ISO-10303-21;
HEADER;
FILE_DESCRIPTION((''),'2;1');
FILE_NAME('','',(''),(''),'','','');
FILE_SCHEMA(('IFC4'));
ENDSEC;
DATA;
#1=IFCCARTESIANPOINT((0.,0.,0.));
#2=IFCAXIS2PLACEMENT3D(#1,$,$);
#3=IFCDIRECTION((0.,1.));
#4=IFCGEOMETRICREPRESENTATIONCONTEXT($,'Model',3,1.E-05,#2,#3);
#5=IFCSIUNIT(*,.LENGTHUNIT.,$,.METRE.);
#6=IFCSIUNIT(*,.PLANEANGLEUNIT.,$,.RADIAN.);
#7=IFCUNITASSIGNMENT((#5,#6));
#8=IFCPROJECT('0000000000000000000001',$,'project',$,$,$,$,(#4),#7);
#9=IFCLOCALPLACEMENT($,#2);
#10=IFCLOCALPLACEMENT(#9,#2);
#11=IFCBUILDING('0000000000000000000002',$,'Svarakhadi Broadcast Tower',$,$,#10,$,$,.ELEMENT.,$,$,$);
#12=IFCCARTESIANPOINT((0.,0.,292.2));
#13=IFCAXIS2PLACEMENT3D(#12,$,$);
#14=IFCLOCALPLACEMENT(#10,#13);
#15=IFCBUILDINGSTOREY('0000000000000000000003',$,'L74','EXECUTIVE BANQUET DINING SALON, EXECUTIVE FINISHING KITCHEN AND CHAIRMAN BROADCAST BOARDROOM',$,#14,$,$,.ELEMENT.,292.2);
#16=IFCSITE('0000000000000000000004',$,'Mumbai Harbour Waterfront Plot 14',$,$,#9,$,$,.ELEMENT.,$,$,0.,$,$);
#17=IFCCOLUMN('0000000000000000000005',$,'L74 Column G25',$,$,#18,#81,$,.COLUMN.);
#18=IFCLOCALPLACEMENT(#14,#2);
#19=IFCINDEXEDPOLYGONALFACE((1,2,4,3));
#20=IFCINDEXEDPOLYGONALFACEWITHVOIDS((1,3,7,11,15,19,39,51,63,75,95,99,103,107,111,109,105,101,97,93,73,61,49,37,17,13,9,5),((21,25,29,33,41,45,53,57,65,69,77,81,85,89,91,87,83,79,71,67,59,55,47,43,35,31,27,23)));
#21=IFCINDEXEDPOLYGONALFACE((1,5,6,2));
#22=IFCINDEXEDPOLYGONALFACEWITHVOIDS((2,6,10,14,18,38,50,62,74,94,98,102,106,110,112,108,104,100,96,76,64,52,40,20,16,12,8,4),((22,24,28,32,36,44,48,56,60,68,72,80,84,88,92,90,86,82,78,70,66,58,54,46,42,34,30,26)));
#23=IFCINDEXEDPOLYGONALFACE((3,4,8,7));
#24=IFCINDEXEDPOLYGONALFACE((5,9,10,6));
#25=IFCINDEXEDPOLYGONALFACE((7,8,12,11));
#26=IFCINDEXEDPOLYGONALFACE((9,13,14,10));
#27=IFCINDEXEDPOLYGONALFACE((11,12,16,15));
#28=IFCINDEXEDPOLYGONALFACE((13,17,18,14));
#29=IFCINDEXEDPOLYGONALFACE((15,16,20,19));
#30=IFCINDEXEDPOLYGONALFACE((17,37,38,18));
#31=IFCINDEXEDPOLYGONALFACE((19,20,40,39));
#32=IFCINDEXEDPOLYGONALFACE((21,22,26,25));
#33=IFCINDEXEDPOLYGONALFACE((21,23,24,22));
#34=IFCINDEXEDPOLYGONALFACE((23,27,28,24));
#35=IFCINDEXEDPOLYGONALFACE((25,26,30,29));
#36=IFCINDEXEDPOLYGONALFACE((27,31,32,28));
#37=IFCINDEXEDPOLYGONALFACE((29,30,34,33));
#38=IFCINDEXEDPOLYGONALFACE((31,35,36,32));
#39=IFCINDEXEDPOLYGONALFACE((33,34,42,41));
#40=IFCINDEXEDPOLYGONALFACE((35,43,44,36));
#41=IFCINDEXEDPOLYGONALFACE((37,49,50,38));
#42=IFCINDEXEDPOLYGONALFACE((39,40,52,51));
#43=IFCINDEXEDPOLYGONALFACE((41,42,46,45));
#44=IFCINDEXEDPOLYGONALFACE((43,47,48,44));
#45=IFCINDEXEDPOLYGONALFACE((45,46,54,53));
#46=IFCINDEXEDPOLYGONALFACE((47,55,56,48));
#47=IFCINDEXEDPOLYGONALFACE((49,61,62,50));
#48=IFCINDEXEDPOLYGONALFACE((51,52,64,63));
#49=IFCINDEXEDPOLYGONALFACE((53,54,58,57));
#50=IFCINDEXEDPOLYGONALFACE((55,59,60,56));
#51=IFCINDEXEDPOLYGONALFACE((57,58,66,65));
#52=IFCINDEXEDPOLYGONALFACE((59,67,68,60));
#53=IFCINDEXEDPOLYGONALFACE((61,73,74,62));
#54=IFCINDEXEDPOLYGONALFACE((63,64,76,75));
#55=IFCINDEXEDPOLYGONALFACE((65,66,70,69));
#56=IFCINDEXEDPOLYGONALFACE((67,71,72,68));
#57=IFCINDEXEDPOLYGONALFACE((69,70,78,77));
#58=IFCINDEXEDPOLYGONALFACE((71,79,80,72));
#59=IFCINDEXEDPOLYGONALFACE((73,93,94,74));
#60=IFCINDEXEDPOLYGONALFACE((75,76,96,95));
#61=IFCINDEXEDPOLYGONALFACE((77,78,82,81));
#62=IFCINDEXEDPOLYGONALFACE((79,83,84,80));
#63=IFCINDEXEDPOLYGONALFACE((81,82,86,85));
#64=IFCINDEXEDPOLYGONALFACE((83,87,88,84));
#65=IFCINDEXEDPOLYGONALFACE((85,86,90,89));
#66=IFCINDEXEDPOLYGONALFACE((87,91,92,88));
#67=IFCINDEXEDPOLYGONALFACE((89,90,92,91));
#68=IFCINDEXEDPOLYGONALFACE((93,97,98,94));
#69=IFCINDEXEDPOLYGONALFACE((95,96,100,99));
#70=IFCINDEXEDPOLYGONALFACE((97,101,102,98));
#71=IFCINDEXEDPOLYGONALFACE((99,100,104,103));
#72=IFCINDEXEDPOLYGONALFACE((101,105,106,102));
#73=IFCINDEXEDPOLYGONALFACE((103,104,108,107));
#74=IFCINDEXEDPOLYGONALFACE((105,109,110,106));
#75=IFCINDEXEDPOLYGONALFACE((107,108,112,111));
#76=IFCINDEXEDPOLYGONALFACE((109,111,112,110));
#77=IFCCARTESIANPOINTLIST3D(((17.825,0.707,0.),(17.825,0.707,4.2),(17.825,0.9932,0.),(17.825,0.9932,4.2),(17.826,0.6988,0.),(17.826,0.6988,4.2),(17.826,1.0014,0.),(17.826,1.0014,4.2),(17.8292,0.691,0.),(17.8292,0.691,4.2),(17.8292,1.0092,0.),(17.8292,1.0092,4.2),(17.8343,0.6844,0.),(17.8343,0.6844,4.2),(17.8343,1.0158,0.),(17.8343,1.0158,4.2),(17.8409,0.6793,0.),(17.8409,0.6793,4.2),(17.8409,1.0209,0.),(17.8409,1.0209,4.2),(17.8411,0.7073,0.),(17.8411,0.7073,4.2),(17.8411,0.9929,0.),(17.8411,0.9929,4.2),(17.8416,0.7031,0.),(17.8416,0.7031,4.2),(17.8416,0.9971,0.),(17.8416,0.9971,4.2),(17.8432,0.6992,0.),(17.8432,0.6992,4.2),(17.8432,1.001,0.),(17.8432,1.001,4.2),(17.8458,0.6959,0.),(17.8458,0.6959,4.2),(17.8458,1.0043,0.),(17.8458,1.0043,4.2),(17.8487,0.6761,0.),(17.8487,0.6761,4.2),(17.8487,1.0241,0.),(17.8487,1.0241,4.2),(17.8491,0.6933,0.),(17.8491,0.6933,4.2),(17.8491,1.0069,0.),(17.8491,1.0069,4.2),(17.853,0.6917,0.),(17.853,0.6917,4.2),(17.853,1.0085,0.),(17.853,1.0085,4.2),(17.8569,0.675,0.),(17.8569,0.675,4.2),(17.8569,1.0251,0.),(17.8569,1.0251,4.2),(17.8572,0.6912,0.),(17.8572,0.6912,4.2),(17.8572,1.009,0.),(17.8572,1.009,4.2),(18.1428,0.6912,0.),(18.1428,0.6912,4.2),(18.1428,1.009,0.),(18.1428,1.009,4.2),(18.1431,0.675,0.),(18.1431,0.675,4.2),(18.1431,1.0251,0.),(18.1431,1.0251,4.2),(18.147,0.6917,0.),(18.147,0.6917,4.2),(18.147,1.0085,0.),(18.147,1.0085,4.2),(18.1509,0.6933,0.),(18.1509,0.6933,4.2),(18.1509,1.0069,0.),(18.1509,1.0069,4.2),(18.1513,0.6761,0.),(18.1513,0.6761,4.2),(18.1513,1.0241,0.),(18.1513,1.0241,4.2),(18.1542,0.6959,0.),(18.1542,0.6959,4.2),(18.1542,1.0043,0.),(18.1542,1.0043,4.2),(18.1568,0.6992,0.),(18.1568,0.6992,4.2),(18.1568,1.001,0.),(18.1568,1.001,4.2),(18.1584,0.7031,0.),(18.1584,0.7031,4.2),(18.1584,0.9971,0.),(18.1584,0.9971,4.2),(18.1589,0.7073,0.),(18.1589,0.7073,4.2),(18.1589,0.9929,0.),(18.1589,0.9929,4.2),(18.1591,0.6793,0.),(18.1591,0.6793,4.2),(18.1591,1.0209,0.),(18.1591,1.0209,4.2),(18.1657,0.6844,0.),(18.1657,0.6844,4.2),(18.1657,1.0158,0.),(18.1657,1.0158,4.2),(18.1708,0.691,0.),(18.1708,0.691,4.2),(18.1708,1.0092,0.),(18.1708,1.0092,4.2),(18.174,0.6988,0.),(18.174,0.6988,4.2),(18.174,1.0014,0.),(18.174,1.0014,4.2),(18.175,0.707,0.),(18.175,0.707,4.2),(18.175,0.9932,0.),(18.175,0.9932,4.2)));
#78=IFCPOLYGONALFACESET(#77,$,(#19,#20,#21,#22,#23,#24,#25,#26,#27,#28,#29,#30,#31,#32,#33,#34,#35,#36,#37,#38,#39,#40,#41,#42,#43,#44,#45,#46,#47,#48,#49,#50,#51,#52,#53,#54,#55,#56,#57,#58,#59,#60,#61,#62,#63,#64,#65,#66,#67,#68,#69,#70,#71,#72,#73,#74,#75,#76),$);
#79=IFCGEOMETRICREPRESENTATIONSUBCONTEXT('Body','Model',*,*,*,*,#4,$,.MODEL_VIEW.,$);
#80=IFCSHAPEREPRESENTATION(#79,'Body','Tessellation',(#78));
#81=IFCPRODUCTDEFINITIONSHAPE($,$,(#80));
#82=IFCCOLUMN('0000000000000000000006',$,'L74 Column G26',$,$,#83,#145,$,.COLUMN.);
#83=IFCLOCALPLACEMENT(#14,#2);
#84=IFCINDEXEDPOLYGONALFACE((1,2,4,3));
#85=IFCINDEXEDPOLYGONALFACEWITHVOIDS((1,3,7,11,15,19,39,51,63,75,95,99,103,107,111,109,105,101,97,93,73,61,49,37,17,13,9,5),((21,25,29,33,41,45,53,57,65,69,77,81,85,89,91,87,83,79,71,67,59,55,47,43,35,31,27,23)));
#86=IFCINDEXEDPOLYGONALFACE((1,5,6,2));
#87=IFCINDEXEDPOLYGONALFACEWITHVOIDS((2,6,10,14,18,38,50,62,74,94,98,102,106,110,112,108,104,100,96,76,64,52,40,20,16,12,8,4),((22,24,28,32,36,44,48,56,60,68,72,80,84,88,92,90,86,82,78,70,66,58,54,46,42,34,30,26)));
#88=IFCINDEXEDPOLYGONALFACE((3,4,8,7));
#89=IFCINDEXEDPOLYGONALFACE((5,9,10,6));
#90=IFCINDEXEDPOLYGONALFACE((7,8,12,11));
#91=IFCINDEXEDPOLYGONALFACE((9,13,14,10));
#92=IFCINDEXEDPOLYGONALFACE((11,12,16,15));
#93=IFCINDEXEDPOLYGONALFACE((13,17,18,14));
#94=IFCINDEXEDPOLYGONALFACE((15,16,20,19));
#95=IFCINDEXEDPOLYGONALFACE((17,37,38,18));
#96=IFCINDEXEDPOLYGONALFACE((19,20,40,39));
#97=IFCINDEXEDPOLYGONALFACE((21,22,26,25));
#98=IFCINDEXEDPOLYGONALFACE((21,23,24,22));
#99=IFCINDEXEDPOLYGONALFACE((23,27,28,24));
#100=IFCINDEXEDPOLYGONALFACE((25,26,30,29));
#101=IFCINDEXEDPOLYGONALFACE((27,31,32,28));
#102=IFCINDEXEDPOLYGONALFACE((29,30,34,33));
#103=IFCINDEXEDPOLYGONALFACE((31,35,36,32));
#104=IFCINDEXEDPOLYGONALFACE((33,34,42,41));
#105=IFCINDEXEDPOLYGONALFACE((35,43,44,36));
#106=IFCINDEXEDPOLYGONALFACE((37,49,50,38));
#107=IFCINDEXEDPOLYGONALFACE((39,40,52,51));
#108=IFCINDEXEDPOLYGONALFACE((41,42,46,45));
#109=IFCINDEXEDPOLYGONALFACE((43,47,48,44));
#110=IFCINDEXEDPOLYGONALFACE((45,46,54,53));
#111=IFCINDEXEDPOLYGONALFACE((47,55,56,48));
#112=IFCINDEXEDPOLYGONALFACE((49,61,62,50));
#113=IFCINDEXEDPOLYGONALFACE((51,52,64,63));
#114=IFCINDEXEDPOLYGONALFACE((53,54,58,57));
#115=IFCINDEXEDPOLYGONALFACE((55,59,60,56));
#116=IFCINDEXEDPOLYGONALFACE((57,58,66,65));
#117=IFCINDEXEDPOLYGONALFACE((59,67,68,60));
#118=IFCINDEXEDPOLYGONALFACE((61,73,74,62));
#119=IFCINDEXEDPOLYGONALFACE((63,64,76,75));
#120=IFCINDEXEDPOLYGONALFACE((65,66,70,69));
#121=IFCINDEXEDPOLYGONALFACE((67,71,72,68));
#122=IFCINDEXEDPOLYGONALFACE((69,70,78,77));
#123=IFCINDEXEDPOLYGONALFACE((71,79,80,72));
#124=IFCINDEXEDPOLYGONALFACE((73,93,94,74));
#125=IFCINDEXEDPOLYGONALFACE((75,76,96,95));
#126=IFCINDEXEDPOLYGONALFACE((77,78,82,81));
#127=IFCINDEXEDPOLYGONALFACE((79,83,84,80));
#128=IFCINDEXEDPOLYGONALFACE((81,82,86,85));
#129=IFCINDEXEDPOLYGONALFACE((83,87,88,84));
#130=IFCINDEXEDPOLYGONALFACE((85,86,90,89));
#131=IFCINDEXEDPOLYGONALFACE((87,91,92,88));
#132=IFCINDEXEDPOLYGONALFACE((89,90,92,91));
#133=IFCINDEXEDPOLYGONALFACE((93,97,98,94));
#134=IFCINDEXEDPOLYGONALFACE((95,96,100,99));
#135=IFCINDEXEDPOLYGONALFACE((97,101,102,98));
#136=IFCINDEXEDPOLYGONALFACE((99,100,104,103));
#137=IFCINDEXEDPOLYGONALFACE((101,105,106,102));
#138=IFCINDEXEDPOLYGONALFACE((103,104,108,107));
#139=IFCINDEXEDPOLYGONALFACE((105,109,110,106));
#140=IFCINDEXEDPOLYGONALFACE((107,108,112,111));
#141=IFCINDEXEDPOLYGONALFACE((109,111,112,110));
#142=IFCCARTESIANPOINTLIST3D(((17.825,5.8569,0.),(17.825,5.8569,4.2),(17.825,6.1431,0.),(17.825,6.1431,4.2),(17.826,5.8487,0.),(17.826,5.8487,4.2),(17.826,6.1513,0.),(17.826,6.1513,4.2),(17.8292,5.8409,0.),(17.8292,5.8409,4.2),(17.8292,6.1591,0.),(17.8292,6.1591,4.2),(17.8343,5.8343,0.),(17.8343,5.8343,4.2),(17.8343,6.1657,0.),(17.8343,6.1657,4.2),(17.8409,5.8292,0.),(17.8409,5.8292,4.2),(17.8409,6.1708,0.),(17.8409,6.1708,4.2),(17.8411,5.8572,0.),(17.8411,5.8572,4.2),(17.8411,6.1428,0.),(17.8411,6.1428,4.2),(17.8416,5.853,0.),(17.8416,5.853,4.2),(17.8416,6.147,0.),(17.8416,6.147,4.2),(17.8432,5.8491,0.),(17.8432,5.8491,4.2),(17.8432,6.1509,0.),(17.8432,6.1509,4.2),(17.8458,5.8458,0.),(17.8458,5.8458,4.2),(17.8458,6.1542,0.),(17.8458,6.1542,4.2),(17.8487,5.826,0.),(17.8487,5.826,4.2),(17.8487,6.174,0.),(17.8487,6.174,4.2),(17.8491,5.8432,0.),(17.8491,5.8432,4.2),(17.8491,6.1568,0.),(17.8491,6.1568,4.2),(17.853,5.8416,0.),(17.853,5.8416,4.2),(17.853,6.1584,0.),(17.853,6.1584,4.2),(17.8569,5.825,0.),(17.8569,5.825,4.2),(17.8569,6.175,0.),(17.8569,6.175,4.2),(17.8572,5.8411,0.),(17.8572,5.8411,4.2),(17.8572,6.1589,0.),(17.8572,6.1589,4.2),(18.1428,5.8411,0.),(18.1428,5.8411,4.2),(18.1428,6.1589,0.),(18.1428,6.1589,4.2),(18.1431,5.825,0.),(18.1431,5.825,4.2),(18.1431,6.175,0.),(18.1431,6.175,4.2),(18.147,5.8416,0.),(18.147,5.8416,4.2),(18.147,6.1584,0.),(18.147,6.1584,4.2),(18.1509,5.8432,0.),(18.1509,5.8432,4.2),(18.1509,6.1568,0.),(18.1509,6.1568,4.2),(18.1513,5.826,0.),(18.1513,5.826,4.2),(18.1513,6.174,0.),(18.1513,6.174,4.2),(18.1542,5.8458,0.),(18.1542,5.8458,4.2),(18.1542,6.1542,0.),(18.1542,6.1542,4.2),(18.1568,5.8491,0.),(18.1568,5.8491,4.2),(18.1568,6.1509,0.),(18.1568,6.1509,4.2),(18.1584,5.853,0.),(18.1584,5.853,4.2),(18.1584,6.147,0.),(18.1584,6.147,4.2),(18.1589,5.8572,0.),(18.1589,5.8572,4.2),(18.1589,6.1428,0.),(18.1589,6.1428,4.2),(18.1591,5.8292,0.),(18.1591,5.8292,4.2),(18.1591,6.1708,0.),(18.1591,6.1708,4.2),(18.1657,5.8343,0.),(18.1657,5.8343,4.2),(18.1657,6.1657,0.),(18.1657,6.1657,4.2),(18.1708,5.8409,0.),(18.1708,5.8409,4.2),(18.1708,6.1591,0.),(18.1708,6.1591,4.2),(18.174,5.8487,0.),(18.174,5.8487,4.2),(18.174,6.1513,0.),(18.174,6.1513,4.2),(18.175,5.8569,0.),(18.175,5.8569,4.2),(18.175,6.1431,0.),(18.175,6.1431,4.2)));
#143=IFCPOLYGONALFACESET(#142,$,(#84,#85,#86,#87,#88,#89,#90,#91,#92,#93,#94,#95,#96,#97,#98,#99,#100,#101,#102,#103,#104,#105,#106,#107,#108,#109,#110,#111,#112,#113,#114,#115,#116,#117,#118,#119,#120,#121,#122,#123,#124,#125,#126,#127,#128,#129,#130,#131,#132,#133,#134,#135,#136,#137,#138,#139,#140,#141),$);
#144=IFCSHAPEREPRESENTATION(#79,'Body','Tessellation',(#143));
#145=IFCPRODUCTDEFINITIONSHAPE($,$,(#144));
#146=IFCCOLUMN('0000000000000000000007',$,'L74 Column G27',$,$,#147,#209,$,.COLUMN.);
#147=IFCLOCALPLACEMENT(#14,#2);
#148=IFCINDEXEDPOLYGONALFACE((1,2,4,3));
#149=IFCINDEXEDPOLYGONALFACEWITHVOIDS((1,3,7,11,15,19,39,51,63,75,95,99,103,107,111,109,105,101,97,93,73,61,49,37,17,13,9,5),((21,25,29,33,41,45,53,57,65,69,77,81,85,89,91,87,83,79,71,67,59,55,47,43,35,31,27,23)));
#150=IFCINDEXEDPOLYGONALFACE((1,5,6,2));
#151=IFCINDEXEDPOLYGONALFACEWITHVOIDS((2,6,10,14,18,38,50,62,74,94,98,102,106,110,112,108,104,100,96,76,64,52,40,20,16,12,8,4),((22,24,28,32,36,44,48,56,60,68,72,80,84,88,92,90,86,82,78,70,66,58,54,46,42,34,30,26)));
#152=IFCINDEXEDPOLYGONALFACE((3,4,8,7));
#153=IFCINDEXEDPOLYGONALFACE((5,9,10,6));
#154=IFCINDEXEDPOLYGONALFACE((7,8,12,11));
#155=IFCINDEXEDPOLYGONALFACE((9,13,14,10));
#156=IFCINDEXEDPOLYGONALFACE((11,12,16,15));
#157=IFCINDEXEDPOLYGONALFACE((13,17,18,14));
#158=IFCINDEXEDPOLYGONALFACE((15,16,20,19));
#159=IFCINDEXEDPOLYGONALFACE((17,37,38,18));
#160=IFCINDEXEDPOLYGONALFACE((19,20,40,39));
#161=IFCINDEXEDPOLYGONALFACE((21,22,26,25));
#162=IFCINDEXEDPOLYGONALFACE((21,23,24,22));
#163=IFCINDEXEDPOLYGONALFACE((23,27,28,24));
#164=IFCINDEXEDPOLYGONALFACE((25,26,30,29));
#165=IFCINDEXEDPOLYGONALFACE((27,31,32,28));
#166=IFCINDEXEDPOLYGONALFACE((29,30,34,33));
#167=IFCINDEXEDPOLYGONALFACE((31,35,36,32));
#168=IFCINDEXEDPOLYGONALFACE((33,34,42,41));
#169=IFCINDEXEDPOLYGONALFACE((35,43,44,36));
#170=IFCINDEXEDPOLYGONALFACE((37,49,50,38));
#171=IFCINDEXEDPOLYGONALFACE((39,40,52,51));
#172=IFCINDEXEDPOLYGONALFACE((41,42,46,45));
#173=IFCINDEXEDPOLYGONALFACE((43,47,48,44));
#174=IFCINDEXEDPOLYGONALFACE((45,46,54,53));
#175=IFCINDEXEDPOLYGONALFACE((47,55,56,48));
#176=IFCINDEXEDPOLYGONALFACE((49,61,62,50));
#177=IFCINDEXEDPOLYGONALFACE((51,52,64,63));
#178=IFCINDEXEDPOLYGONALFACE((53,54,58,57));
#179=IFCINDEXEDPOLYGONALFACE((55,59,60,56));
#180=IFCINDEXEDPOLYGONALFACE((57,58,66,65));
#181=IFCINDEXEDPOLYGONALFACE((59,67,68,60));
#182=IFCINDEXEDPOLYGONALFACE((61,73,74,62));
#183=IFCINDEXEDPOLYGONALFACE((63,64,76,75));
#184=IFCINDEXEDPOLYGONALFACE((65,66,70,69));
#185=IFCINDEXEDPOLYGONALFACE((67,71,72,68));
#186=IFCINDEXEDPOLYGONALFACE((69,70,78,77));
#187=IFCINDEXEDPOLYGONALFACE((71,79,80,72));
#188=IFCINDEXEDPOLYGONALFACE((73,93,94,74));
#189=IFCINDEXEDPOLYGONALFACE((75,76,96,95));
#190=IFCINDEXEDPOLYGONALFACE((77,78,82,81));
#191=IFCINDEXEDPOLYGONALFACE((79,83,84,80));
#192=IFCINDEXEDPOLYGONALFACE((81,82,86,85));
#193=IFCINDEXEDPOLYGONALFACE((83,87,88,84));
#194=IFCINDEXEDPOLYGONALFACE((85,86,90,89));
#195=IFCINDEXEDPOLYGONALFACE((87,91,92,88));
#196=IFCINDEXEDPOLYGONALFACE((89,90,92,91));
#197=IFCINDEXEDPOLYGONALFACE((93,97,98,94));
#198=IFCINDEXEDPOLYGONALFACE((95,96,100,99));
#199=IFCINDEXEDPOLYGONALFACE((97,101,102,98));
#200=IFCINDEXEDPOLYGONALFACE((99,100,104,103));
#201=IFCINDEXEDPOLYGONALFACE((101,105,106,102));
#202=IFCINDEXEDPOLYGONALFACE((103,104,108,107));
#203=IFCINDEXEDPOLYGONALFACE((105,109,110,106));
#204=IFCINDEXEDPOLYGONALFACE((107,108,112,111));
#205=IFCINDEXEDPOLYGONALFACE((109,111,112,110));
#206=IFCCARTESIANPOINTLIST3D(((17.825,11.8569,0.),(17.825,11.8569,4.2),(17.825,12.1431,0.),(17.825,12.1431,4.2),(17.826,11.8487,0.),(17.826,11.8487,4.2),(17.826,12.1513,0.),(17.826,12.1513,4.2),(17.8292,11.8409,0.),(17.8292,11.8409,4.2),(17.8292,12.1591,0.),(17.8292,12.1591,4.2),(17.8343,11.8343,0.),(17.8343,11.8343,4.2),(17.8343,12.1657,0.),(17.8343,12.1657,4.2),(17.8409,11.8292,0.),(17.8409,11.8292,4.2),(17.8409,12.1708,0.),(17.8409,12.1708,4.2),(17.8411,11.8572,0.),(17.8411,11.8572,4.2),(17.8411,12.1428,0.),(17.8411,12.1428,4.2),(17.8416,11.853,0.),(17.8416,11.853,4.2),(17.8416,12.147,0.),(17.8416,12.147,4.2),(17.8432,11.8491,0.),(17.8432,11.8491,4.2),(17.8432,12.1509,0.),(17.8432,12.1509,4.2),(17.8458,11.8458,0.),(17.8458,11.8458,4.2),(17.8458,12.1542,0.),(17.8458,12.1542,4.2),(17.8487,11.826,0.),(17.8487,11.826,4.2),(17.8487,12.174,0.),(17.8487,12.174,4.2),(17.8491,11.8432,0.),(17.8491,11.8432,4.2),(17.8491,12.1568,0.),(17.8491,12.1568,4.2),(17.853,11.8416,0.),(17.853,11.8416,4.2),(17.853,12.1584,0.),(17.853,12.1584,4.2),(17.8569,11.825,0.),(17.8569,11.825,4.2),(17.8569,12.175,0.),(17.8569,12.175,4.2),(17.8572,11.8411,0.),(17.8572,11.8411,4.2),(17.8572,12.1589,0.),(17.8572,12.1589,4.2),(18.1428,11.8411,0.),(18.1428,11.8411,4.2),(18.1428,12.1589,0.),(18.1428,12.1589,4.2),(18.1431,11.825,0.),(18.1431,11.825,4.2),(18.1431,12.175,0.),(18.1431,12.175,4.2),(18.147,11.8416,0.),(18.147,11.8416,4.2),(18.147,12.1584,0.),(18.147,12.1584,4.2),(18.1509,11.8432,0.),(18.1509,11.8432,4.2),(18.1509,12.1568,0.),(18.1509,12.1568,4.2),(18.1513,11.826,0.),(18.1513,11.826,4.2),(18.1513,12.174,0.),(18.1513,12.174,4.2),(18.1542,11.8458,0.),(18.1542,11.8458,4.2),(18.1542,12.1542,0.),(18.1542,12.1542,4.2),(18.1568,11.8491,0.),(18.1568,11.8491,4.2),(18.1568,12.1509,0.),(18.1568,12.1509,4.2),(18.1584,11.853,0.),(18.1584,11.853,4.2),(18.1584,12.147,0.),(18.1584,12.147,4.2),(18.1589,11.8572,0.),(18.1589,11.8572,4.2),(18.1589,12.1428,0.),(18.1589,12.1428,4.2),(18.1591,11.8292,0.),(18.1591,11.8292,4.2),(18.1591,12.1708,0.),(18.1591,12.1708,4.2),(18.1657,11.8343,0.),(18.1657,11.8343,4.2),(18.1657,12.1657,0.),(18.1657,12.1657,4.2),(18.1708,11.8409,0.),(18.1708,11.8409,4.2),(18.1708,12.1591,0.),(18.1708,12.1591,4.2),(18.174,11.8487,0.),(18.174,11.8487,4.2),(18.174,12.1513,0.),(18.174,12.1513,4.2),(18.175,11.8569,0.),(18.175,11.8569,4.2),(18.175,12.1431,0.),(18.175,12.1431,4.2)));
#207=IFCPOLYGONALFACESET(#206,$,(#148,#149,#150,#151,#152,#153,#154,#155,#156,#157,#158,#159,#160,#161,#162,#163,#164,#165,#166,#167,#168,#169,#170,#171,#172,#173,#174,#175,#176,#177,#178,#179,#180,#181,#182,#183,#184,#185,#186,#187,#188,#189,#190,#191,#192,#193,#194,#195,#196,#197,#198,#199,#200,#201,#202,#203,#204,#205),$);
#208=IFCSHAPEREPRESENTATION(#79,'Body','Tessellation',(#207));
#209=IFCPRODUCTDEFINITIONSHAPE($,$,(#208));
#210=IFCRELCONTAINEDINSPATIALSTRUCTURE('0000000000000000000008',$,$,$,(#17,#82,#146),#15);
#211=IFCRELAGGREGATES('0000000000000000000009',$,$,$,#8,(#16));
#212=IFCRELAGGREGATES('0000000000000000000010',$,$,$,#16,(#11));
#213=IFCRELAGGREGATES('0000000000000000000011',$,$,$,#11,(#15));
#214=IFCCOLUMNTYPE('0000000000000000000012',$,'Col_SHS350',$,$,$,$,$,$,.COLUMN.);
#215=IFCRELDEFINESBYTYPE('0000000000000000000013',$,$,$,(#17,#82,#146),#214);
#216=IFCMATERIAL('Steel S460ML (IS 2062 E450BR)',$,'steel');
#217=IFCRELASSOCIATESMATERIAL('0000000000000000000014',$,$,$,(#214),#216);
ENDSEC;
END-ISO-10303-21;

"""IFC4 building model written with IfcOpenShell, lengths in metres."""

from ifc_helpers import new_model, si_unit, direction, frame, origin, origin_2d, place, context, subcontext, project, spatial, hollow_rectangle, extrude, material, material_profile, profile_set, type_object, element, save


model = new_model("IFC4")

# Units and contexts
model_context = context("Model", 3, precision=1e-05, world=origin(), true_north=direction((0.0, 1.0)))
body_context = subcontext(model_context, "Body", "Model", "MODEL_VIEW")
ifc_project = project(units=[si_unit("LENGTHUNIT", "METRE"), si_unit("PLANEANGLEUNIT", "RADIAN")], contexts=[model_context])

# Site, building, storey
site_placement = place(None, origin())
site = spatial("IfcSite", under=ifc_project, at=site_placement, Name="Mumbai Harbour Waterfront Plot 14", CompositionType="ELEMENT", RefElevation=0.0)
building_placement = place(site_placement, origin())
building = spatial("IfcBuilding", under=site, at=building_placement, Name="Svarakhadi Broadcast Tower", CompositionType="ELEMENT")
storey_placement = place(building_placement, frame((0.0, 0.0, 292.2)))
storey = spatial("IfcBuildingStorey", under=building, at=storey_placement, Name="L74", Description="EXECUTIVE BANQUET DINING SALON, EXECUTIVE FINISHING KITCHEN AND CHAIRMAN BROADCAST BOARDROOM", CompositionType="ELEMENT", Elevation=292.2)

# Columns
ifc_material_1 = material(Name="Steel S460ML (IS 2062 E450BR)", Category="steel")
ifc_material_profile_1 = material_profile(ifc_material_1, hollow_rectangle(XDim=0.3501, YDim=0.3501, WallThickness=0.0161, InnerFilletRadius=0.0161, OuterFilletRadius=0.032, at=origin_2d()), Name="SHS 350x350x16")
ifc_profile_set_1 = profile_set([ifc_material_profile_1], Name="Steel S460ML (IS 2062 E450BR)")
column_type = type_object("IfcColumnType", Name="Col_SHS350", PredefinedType="COLUMN", material=ifc_profile_set_1)
for number, where, z_axis, x_axis, name in (
    (1, (18.0, 0.8501, 0.0), (0.0, 0.0, 1.0), (1.0, 0.0, 0.0), "L74 Column G25"),
    (2, (18.0, 6.0, 0.0), (0.0, 0.0, 1.0), (1.0, 0.0, 0.0), "L74 Column G26"),
    (3, (18.0, 12.0, 0.0), (0.0, 0.0, 1.0), (1.0, 0.0, 0.0), "L74 Column G27"),
):
    element("IfcColumn", number, at=place(storey_placement, frame(where, z_axis=z_axis, x_axis=x_axis)), inside=storey, type_object=column_type, Name=name, PredefinedType="COLUMN", context=body_context, shape_type="SweptSolid", body=[
        extrude(hollow_rectangle(XDim=0.3501, YDim=0.3501, WallThickness=0.0161, InnerFilletRadius=0.0161, OuterFilletRadius=0.032, at=origin_2d()), origin(), (0.0, 0.0, 1.0), 4.2),
    ])

save(model, "model.ifc")
